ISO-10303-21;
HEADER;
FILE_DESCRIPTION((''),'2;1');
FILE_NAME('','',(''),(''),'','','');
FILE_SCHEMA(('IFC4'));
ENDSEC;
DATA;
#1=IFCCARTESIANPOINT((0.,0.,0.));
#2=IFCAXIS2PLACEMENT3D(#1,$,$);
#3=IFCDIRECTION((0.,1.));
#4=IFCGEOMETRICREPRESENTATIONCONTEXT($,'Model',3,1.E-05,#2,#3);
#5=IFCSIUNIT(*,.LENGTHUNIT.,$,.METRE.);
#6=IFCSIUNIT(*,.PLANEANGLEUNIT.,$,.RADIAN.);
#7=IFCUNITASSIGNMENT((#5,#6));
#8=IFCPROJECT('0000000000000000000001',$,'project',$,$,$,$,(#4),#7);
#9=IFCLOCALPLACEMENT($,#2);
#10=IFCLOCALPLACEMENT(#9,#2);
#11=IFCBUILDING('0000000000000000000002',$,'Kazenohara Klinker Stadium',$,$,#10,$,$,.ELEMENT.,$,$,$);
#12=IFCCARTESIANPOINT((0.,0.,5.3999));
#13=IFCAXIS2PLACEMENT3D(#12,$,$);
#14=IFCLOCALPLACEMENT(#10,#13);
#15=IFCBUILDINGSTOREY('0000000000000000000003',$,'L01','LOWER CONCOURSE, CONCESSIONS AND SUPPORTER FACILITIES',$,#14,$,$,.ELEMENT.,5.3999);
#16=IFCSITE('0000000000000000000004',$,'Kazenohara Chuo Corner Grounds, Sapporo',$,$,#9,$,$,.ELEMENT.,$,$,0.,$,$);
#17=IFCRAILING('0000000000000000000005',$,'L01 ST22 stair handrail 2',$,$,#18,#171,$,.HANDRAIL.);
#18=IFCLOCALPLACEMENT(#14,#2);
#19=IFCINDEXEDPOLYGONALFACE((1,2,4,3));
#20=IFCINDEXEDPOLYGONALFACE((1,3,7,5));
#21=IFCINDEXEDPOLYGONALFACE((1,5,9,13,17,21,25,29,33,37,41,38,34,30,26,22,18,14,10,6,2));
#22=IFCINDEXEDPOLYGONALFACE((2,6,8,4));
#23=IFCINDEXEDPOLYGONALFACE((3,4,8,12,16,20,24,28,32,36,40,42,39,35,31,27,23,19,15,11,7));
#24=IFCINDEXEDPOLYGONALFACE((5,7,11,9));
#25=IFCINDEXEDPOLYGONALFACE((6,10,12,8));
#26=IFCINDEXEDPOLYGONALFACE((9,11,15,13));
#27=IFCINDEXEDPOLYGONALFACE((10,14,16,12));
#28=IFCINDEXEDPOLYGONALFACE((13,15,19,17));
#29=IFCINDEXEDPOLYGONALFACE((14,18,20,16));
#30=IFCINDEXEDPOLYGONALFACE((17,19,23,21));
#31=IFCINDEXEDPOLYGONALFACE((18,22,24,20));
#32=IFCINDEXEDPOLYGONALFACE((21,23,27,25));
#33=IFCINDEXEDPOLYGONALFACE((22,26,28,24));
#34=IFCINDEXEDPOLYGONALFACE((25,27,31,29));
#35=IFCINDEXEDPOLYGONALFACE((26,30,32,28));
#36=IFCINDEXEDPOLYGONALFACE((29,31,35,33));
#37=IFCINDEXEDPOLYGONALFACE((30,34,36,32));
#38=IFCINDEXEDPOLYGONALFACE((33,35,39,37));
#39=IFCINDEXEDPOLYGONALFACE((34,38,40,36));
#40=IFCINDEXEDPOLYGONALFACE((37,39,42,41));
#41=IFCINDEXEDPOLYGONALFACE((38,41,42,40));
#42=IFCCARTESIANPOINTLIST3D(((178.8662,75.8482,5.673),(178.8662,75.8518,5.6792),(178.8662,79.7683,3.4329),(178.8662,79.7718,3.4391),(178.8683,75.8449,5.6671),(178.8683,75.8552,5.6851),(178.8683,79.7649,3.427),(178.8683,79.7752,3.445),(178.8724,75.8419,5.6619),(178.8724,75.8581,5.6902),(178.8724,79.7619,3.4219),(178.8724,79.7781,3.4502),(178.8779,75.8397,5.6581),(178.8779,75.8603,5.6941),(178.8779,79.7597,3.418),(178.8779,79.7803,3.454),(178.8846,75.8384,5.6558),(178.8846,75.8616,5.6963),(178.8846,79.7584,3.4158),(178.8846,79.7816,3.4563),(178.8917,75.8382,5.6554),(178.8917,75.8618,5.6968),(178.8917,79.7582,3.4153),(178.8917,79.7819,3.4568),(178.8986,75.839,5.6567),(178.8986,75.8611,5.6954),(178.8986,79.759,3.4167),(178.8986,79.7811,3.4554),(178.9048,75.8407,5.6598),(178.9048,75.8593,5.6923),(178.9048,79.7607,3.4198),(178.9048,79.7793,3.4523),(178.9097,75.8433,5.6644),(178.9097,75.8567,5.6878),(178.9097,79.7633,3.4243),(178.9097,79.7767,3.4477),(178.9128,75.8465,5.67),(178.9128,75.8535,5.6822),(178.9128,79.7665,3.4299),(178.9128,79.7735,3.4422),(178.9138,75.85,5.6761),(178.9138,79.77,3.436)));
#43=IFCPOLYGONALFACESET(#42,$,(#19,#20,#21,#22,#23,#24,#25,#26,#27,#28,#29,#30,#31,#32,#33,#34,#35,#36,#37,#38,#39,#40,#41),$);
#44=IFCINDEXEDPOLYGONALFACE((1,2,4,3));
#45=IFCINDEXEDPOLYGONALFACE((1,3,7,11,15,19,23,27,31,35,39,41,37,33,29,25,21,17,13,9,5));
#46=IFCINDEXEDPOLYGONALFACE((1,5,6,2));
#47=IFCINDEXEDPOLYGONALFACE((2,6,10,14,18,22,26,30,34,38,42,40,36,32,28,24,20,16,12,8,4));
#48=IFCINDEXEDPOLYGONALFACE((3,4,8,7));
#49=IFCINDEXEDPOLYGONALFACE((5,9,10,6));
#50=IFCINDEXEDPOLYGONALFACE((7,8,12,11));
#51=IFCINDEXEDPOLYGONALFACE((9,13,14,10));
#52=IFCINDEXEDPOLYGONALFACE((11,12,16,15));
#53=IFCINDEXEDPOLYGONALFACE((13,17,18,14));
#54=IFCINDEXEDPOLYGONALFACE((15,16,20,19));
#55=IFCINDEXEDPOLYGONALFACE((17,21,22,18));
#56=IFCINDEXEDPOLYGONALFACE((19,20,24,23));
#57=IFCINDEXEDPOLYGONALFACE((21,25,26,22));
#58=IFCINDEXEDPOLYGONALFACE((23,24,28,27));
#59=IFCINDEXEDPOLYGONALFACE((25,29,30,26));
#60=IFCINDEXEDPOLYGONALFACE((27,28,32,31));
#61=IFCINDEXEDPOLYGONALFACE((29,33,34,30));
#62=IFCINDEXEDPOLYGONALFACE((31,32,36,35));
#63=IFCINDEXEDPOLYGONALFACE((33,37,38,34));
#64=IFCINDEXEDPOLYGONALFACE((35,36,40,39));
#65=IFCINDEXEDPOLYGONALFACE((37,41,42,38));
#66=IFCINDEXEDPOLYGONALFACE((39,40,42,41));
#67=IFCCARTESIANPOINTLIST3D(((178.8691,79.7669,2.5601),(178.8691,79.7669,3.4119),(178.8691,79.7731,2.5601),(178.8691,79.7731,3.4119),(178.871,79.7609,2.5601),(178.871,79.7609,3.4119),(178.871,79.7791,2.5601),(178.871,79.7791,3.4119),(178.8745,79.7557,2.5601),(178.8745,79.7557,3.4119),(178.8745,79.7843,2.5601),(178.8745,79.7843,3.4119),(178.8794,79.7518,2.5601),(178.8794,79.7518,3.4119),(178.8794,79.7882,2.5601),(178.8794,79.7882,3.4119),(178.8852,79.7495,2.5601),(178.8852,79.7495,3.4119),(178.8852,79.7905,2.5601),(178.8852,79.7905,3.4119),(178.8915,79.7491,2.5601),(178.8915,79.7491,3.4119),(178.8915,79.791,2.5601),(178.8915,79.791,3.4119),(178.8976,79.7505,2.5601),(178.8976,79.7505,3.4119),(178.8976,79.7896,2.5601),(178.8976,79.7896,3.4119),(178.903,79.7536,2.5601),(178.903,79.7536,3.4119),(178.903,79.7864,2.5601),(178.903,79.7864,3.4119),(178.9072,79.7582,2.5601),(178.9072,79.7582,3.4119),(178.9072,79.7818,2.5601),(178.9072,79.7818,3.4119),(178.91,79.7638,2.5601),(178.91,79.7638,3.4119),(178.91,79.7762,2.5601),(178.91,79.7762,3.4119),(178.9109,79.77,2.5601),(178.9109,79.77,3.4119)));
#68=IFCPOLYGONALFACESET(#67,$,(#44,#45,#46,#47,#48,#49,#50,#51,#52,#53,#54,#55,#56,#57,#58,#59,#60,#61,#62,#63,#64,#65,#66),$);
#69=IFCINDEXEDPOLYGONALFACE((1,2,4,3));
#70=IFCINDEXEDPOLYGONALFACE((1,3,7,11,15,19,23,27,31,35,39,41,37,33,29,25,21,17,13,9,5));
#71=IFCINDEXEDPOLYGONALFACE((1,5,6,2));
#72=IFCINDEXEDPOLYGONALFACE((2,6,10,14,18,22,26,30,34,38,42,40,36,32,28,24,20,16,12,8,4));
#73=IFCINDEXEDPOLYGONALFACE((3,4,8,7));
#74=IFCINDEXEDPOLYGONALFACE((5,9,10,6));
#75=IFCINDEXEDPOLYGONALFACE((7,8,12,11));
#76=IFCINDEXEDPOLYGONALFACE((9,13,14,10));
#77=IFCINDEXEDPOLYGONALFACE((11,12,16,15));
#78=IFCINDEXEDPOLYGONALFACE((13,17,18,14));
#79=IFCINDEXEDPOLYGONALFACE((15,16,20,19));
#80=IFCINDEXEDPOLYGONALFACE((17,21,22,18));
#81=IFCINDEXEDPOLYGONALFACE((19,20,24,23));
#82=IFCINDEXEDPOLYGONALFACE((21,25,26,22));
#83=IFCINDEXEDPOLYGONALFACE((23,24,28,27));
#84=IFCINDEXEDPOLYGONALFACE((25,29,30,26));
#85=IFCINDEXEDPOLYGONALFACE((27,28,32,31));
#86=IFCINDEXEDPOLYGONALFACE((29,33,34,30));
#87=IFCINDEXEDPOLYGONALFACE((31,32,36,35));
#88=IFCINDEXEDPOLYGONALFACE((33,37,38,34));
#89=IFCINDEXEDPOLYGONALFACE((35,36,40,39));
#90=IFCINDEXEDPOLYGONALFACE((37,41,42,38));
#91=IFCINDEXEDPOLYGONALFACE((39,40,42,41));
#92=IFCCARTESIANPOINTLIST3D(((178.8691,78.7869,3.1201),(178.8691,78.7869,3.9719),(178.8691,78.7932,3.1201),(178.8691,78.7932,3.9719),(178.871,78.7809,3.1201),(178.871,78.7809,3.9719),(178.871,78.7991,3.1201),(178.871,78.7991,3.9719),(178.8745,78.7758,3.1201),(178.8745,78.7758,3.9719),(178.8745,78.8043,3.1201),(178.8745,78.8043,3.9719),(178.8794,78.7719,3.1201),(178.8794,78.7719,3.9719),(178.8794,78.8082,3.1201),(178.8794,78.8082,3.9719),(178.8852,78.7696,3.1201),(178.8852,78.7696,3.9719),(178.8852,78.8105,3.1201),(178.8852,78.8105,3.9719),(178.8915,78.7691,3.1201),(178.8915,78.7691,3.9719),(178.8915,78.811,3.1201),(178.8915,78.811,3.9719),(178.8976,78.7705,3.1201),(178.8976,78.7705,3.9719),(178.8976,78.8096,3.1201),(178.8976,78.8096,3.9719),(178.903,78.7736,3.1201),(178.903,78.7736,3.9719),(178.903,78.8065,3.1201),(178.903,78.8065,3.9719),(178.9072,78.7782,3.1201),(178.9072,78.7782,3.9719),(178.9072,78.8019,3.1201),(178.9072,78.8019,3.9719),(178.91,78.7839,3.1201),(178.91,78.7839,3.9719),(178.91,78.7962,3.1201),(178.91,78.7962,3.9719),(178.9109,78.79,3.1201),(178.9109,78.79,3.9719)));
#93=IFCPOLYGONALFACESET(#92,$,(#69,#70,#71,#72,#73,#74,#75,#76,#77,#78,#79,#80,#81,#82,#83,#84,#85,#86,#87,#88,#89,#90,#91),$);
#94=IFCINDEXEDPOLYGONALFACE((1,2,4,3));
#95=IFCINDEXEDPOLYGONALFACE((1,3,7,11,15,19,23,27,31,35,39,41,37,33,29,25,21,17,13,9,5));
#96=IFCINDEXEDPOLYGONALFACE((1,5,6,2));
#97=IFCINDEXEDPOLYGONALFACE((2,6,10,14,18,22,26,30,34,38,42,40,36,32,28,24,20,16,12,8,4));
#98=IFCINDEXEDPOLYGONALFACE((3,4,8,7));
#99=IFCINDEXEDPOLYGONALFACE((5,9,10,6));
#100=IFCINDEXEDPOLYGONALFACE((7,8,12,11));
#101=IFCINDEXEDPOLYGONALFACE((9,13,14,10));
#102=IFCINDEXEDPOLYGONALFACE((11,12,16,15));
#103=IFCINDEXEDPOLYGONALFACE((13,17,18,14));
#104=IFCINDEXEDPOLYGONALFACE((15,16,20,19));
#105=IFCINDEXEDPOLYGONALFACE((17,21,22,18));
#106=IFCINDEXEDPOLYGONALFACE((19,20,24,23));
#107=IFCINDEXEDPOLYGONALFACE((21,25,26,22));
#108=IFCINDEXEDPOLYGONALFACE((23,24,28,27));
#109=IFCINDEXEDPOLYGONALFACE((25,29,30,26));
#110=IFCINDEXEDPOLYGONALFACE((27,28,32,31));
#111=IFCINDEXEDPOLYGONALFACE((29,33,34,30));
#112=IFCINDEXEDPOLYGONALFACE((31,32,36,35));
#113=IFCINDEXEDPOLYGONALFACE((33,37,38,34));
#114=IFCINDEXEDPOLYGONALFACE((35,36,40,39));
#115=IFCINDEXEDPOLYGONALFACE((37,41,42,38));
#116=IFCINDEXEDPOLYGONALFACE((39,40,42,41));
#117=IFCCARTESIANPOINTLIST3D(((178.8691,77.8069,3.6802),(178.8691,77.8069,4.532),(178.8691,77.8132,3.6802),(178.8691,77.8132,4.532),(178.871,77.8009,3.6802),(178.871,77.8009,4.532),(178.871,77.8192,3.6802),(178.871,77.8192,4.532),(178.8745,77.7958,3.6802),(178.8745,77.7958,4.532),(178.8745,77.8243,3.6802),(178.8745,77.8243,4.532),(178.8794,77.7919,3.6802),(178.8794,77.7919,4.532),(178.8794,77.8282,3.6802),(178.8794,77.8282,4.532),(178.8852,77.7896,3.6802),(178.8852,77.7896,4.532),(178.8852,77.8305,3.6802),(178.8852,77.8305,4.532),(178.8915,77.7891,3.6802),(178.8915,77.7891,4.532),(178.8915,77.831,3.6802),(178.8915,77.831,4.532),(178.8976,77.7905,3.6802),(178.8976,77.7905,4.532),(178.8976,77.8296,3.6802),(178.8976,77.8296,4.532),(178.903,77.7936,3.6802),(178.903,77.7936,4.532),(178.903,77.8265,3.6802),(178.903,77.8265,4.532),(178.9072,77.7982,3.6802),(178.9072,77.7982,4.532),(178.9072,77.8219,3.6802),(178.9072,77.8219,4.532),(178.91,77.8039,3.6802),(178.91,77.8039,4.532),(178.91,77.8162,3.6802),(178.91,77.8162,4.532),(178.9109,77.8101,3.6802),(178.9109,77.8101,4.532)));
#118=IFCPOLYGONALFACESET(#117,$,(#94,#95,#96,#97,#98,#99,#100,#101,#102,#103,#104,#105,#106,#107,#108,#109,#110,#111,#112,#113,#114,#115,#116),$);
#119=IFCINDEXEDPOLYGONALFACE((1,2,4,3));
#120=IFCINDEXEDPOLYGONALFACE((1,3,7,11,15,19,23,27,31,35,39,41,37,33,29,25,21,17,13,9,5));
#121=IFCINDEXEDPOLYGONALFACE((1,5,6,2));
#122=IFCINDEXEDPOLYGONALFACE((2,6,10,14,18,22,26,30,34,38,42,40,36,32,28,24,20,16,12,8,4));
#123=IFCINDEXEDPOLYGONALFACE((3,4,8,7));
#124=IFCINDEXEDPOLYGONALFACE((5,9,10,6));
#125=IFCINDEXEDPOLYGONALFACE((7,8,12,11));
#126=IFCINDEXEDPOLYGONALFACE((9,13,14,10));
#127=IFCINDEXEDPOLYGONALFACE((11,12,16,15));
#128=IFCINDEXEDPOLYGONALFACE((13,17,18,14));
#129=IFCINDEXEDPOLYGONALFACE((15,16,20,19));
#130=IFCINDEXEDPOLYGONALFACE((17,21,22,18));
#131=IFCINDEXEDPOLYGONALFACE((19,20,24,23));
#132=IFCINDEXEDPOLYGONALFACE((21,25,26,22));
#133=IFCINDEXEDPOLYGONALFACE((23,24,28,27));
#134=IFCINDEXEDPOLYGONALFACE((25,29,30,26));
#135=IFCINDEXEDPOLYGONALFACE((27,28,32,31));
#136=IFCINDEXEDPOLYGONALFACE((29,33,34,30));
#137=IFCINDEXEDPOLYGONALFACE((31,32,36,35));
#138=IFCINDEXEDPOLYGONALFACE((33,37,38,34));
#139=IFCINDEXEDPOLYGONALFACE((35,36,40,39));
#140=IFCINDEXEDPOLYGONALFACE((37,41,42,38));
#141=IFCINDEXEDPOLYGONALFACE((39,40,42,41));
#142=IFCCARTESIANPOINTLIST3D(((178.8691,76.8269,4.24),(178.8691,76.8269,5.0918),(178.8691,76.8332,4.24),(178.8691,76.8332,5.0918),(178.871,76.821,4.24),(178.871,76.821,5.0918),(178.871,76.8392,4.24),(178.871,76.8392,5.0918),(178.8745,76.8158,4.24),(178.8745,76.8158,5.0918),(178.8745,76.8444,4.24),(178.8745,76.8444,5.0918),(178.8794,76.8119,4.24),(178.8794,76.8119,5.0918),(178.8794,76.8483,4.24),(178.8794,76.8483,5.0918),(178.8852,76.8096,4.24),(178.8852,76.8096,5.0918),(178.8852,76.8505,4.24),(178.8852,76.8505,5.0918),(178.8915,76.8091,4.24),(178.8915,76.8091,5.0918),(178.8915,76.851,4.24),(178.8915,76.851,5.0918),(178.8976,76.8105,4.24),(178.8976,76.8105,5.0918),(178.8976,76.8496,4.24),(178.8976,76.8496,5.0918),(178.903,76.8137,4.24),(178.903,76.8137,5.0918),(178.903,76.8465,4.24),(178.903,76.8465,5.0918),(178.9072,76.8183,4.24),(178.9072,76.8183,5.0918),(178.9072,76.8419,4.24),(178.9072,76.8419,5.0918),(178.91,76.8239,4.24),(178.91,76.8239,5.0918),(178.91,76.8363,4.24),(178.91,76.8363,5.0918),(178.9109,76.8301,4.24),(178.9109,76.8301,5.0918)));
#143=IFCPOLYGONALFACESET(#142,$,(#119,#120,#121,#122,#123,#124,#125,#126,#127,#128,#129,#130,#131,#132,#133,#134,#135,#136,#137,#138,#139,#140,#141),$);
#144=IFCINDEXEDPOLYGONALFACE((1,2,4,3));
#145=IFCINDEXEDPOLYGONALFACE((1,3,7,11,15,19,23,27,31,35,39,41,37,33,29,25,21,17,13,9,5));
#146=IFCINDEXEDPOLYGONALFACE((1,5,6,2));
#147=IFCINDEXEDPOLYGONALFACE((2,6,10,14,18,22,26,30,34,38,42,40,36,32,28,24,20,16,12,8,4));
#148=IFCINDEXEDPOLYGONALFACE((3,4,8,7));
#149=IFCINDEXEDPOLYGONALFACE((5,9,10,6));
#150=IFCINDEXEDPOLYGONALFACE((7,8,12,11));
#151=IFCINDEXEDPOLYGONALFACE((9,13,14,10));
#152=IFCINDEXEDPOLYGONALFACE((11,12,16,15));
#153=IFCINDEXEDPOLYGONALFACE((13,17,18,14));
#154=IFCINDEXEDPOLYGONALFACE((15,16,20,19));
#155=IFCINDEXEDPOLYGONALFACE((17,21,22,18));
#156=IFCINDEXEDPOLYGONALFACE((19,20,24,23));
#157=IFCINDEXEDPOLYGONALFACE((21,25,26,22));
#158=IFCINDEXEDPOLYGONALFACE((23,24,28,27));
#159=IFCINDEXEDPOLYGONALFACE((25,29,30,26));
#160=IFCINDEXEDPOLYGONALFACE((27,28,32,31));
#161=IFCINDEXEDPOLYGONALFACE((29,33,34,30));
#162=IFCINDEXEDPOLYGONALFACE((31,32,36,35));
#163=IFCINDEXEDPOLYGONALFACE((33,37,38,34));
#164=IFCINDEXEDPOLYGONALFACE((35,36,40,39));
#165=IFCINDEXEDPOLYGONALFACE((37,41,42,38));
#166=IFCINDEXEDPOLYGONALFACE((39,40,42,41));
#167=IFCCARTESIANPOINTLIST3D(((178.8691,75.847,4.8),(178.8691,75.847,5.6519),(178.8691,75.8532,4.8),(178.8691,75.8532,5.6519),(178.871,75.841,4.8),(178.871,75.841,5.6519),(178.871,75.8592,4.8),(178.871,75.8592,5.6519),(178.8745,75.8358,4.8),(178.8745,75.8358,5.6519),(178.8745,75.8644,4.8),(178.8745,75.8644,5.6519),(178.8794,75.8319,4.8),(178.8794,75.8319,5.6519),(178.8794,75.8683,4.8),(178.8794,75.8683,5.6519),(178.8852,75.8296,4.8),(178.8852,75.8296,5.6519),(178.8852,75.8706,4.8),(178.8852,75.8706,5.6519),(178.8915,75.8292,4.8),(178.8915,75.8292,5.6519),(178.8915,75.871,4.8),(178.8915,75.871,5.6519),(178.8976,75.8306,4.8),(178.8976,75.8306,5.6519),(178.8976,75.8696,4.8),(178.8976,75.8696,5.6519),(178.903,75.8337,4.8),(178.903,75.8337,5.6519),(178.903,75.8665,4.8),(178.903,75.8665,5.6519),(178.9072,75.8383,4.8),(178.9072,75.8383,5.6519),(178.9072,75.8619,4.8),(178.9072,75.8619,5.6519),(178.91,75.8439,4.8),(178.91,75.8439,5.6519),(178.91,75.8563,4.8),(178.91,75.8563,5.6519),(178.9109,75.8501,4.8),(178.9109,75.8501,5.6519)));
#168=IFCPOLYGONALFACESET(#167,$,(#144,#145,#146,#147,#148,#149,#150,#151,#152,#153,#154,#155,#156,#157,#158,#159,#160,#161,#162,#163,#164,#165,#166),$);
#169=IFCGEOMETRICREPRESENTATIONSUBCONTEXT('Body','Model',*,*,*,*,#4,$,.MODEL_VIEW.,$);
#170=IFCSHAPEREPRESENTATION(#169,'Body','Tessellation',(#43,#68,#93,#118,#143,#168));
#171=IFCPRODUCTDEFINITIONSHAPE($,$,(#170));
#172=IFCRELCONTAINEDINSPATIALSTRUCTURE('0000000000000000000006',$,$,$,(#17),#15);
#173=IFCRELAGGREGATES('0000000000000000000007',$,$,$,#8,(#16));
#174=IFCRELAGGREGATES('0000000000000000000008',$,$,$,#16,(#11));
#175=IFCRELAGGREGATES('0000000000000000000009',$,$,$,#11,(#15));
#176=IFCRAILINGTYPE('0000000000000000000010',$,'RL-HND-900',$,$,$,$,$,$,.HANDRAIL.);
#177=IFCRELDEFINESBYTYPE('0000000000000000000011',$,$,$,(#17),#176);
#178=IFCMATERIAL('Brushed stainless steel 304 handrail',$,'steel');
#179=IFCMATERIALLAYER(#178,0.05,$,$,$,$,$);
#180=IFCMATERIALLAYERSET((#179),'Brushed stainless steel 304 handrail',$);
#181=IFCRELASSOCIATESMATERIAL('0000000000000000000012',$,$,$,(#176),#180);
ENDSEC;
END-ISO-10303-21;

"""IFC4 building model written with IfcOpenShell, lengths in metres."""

from ifc_helpers import new_model, si_unit, direction, frame, origin, origin_2d, place, context, subcontext, project, spatial, circle, extrude, material, layer, layer_set, type_object, element, save


model = new_model("IFC4")

# Units and contexts
model_context = context("Model", 3, precision=1e-05, world=origin(), true_north=direction((0.0, 1.0)))
body_context = subcontext(model_context, "Body", "Model", "MODEL_VIEW")
ifc_project = project(units=[si_unit("LENGTHUNIT", "METRE"), si_unit("PLANEANGLEUNIT", "RADIAN")], contexts=[model_context])

# Site, building, storey
site_placement = place(None, origin())
site = spatial("IfcSite", under=ifc_project, at=site_placement, Name="Kazenohara Chuo Corner Grounds, Sapporo", CompositionType="ELEMENT", RefElevation=0.0)
building_placement = place(site_placement, origin())
building = spatial("IfcBuilding", under=site, at=building_placement, Name="Kazenohara Klinker Stadium", CompositionType="ELEMENT")
storey_placement = place(building_placement, frame((0.0, 0.0, 5.3999)))
storey = spatial("IfcBuildingStorey", under=building, at=storey_placement, Name="L01", Description="LOWER CONCOURSE, CONCESSIONS AND SUPPORTER FACILITIES", CompositionType="ELEMENT", Elevation=5.3999)

# Railing
ifc_material_1 = material(Name="Brushed stainless steel 304 handrail", Category="steel")
ifc_layer_1 = layer(ifc_material_1, 0.05)
ifc_layer_set_1 = layer_set([ifc_layer_1], Name="Brushed stainless steel 304 handrail")
railing_type_1 = type_object("IfcRailingType", Name="RL-HND-900", PredefinedType="HANDRAIL", material=ifc_layer_set_1)
railing_1_placement = place(storey_placement, frame((178.8899, 79.77, 2.5601)))
element("IfcRailing", 1, at=railing_1_placement, inside=storey, type_object=railing_type_1, Name="L01 ST22 stair handrail 2", PredefinedType="HANDRAIL", context=body_context, shape_type="SweptSolid", body=[
    extrude(circle(Radius=0.0239, at=origin_2d()), frame((0.0, 0.0, 0.876), z_axis=(0.0, -0.86824, 0.496145), x_axis=(1.0, 0.0, 0.0)), (0.0, 0.0, 1.0), 4.5149),
    extrude(circle(Radius=0.021, at=origin_2d()), origin(), (0.0, 0.0, 1.0), 0.8518),
    extrude(circle(Radius=0.021, at=origin_2d()), frame((0.0, -0.98, 0.5601)), (0.0, 0.0, 1.0), 0.8518),
    extrude(circle(Radius=0.021, at=origin_2d()), frame((0.0, -1.96, 1.1201)), (0.0, 0.0, 1.0), 0.8518),
    extrude(circle(Radius=0.021, at=origin_2d()), frame((0.0, -2.9399, 1.6799)), (0.0, 0.0, 1.0), 0.8518),
    extrude(circle(Radius=0.021, at=origin_2d()), frame((0.0, -3.9199, 2.24)), (0.0, 0.0, 1.0), 0.8518),
])

save(model, "model.ifc")
